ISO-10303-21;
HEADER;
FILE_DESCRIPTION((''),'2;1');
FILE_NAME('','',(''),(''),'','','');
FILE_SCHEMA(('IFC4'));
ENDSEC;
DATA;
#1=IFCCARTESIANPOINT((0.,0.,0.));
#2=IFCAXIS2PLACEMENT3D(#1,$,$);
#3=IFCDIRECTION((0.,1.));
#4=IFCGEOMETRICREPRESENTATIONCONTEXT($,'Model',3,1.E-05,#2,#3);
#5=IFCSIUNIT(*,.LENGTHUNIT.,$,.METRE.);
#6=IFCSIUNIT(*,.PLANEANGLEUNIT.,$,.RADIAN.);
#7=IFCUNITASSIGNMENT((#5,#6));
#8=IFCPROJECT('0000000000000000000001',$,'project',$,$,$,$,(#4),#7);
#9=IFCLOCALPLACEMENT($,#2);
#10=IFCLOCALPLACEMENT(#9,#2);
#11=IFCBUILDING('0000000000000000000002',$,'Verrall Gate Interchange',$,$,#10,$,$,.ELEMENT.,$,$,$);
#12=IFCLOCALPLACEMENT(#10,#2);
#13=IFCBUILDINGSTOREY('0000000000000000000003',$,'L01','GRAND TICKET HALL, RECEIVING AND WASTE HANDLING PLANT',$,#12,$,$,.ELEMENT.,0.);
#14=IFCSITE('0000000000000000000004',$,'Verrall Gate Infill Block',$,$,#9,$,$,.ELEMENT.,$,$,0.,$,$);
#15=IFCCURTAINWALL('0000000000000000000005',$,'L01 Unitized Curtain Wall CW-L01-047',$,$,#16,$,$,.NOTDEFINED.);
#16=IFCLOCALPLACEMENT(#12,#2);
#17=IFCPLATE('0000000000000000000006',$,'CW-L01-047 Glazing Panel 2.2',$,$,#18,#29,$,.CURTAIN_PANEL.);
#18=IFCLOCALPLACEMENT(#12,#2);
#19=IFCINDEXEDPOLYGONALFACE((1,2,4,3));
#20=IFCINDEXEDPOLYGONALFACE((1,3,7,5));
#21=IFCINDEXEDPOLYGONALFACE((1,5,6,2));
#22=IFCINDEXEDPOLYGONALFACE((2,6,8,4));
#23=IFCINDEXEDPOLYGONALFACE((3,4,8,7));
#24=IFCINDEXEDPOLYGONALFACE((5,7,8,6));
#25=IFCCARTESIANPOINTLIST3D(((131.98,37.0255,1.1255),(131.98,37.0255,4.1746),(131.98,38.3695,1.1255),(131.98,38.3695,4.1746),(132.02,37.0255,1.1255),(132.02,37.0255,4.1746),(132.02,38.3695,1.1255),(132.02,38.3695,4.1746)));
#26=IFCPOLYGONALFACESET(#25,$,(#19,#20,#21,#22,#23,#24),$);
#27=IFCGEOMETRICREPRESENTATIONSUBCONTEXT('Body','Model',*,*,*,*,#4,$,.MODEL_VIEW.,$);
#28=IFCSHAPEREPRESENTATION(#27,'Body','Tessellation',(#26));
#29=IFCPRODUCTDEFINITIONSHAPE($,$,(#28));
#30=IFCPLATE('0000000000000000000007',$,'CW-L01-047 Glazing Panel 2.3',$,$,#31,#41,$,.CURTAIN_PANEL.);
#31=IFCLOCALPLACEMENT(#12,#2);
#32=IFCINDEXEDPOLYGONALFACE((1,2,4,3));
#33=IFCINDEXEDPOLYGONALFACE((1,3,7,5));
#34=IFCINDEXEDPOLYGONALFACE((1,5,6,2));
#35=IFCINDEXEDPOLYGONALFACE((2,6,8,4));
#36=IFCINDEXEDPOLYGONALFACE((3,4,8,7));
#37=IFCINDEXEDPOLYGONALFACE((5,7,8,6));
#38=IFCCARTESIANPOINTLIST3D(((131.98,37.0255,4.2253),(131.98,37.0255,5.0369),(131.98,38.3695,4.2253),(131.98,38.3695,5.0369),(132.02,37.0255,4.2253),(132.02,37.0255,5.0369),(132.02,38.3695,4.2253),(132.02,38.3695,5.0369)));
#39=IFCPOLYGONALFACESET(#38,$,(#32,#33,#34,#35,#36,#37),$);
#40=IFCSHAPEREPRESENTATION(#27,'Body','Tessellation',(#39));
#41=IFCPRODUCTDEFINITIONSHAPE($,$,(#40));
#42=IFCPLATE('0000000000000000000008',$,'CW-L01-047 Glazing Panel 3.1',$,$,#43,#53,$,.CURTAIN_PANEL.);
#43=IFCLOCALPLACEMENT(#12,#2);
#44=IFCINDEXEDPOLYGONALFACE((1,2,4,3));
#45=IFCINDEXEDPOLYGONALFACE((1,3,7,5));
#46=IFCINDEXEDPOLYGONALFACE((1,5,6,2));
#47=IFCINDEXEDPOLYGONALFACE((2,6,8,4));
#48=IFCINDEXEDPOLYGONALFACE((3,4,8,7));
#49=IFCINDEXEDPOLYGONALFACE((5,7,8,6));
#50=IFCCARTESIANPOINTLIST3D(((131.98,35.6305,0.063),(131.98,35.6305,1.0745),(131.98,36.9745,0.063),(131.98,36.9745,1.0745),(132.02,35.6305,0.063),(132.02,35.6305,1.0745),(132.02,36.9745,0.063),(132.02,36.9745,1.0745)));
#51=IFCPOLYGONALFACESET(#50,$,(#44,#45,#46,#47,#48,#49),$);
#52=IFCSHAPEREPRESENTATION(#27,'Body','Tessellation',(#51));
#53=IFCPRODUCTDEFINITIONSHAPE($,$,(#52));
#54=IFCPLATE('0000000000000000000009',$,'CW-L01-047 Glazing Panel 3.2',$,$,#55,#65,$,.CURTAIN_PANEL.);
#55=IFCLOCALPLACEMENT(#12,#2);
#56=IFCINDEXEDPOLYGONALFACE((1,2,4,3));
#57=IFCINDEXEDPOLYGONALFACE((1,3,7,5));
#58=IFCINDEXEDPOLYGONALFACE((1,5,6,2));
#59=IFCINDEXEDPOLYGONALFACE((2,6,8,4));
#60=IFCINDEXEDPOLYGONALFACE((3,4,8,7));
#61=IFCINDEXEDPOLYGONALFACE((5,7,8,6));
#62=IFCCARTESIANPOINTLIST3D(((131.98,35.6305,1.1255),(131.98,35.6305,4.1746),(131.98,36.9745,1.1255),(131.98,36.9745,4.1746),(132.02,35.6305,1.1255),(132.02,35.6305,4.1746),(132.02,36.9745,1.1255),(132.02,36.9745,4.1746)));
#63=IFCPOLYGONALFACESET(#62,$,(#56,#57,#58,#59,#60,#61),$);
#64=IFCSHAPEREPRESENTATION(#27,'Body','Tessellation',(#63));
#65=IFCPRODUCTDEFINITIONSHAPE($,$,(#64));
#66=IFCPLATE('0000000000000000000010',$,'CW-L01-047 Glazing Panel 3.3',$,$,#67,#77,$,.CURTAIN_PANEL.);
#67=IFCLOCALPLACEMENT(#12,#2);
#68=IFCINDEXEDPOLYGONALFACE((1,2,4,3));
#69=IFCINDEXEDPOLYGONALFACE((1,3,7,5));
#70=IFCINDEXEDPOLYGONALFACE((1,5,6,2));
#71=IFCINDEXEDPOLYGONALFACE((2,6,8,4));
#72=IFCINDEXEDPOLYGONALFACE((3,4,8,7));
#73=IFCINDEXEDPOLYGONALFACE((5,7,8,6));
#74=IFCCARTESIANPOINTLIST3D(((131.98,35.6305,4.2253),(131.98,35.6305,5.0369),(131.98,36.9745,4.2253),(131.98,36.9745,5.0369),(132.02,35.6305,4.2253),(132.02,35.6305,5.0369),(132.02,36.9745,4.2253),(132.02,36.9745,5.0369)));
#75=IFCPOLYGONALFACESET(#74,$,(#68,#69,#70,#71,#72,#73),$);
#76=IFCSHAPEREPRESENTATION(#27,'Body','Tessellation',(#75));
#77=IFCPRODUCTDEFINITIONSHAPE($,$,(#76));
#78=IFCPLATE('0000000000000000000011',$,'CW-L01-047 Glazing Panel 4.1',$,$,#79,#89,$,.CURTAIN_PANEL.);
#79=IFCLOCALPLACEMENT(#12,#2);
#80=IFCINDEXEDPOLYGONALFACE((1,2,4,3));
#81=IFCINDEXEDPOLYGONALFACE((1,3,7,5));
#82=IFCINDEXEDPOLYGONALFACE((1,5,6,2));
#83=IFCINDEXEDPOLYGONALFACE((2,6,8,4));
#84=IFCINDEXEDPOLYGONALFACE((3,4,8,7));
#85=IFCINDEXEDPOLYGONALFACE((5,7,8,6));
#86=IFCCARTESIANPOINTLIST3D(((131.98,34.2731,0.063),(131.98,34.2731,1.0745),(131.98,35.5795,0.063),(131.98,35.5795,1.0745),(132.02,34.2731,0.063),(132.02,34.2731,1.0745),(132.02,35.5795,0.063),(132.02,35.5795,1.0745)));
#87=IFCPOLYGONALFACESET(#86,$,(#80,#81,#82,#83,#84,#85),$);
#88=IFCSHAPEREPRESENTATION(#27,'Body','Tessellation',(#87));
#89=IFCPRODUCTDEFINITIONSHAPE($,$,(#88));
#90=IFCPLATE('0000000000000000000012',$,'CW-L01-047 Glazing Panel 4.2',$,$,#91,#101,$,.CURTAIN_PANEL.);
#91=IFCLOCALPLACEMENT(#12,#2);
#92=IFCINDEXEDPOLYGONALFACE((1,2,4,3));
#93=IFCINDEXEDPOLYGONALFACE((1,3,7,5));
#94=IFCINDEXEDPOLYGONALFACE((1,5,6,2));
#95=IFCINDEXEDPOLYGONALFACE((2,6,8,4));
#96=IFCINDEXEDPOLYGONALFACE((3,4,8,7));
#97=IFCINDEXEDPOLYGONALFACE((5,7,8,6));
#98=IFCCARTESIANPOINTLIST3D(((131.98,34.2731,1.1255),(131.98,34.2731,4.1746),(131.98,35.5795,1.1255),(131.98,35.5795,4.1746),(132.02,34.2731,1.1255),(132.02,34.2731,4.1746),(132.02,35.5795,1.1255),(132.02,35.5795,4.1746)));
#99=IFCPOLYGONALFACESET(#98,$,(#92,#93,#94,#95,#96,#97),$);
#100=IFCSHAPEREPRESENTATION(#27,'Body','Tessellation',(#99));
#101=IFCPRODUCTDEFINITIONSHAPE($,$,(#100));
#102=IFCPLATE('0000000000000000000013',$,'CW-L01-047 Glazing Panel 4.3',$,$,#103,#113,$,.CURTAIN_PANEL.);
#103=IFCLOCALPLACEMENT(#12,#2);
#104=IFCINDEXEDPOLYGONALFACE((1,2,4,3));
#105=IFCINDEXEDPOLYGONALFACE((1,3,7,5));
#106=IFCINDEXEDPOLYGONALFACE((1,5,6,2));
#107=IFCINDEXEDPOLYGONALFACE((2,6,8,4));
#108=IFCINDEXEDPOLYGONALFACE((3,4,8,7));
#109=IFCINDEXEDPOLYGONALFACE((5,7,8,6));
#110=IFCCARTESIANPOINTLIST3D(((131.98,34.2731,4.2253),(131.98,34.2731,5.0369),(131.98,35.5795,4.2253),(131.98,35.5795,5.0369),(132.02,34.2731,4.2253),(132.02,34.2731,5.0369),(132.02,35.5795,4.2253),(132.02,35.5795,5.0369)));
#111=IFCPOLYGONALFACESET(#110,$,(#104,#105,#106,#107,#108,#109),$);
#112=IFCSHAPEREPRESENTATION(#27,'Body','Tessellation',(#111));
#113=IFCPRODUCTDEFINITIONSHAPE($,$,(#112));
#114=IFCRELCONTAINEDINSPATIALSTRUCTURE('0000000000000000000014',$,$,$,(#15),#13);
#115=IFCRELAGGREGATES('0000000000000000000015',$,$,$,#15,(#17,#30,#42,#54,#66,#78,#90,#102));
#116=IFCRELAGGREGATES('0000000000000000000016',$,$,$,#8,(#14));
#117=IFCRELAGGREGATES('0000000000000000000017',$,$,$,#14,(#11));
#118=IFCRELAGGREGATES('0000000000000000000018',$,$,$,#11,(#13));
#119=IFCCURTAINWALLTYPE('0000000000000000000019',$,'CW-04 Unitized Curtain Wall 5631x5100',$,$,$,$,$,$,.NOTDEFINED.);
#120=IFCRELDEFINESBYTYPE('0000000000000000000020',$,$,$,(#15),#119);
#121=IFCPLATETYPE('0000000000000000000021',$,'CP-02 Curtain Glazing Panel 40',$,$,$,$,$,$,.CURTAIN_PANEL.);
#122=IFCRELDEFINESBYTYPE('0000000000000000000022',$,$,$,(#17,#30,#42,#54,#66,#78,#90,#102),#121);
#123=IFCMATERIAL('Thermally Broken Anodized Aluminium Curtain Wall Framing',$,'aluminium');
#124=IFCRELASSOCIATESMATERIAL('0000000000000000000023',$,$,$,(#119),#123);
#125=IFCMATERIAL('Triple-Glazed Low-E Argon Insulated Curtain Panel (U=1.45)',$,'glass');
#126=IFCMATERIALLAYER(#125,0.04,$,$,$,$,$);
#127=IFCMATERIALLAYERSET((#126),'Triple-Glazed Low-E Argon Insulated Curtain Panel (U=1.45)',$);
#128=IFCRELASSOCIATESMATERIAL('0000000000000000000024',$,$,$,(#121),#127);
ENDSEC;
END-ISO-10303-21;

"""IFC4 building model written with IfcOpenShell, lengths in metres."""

from ifc_helpers import new_model, si_unit, direction, frame, origin, origin_2d, place, context, subcontext, project, spatial, rectangle, extrude, material, layer, layer_set, type_object, element, aggregate, save


model = new_model("IFC4")

# Units and contexts
model_context = context("Model", 3, precision=1e-05, world=origin(), true_north=direction((0.0, 1.0)))
body_context = subcontext(model_context, "Body", "Model", "MODEL_VIEW")
ifc_project = project(units=[si_unit("LENGTHUNIT", "METRE"), si_unit("PLANEANGLEUNIT", "RADIAN")], contexts=[model_context])

# Site, building, storey
site_placement = place(None, origin())
site = spatial("IfcSite", under=ifc_project, at=site_placement, Name="Verrall Gate Infill Block", CompositionType="ELEMENT", RefElevation=0.0)
building_placement = place(site_placement, origin())
building = spatial("IfcBuilding", under=site, at=building_placement, Name="Verrall Gate Interchange", CompositionType="ELEMENT")
storey_placement = place(building_placement, origin())
storey = spatial("IfcBuildingStorey", under=building, at=storey_placement, Name="L01", Description="GRAND TICKET HALL, RECEIVING AND WASTE HANDLING PLANT", CompositionType="ELEMENT", Elevation=0.0)

# Curtain wall, plates
ifc_material_1 = material(Name="Thermally Broken Anodized Aluminium Curtain Wall Framing", Category="aluminium")
curtain_wall_type = type_object("IfcCurtainWallType", Name="CW-04 Unitized Curtain Wall 5631x5100", PredefinedType="NOTDEFINED", material=ifc_material_1)
curtain_wall_placement = place(storey_placement, origin())
curtain_wall = element("IfcCurtainWall", 1, at=curtain_wall_placement, inside=storey, type_object=curtain_wall_type, Name="L01 Unitized Curtain Wall CW-L01-047", PredefinedType="NOTDEFINED")
ifc_material_2 = material(Name="Triple-Glazed Low-E Argon Insulated Curtain Panel (U=1.45)", Category="glass")
ifc_layer = layer(ifc_material_2, 0.04)
ifc_layer_set = layer_set([ifc_layer], Name="Triple-Glazed Low-E Argon Insulated Curtain Panel (U=1.45)")
plate_type = type_object("IfcPlateType", Name="CP-02 Curtain Glazing Panel 40", PredefinedType="CURTAIN_PANEL", material=ifc_layer_set)
plate_1_placement = place(storey_placement, frame((132.0, 37.6975, 1.1255), z_axis=(0.0, 0.0, 1.0), x_axis=(0.0, -1.0, 0.0)))
plate_1 = element("IfcPlate", 2, at=plate_1_placement, type_object=plate_type, Name="CW-L01-047 Glazing Panel 2.2", PredefinedType="CURTAIN_PANEL", context=body_context, shape_type="SweptSolid", body=[
    extrude(rectangle(XDim=1.344, YDim=0.04, at=origin_2d()), origin(), (0.0, 0.0, 1.0), 3.0491),
])
plate_2_placement = place(storey_placement, frame((132.0, 37.6975, 4.2253), z_axis=(0.0, 0.0, 1.0), x_axis=(0.0, -1.0, 0.0)))
plate_2 = element("IfcPlate", 3, at=plate_2_placement, type_object=plate_type, Name="CW-L01-047 Glazing Panel 2.3", PredefinedType="CURTAIN_PANEL", context=body_context, shape_type="SweptSolid", body=[
    extrude(rectangle(XDim=1.344, YDim=0.04, at=origin_2d()), origin(), (0.0, 0.0, 1.0), 0.8115),
])
plate_3_placement = place(storey_placement, frame((132.0, 36.3025, 0.063), z_axis=(0.0, 0.0, 1.0), x_axis=(0.0, -1.0, 0.0)))
plate_3 = element("IfcPlate", 4, at=plate_3_placement, type_object=plate_type, Name="CW-L01-047 Glazing Panel 3.1", PredefinedType="CURTAIN_PANEL", context=body_context, shape_type="SweptSolid", body=[
    extrude(rectangle(XDim=1.344, YDim=0.04, at=origin_2d()), origin(), (0.0, 0.0, 1.0), 1.0115),
])
plate_4_placement = place(storey_placement, frame((132.0, 36.3025, 1.1255), z_axis=(0.0, 0.0, 1.0), x_axis=(0.0, -1.0, 0.0)))
plate_4 = element("IfcPlate", 5, at=plate_4_placement, type_object=plate_type, Name="CW-L01-047 Glazing Panel 3.2", PredefinedType="CURTAIN_PANEL", context=body_context, shape_type="SweptSolid", body=[
    extrude(rectangle(XDim=1.344, YDim=0.04, at=origin_2d()), origin(), (0.0, 0.0, 1.0), 3.0491),
])
plate_5_placement = place(storey_placement, frame((132.0, 36.3025, 4.2253), z_axis=(0.0, 0.0, 1.0), x_axis=(0.0, -1.0, 0.0)))
plate_5 = element("IfcPlate", 6, at=plate_5_placement, type_object=plate_type, Name="CW-L01-047 Glazing Panel 3.3", PredefinedType="CURTAIN_PANEL", context=body_context, shape_type="SweptSolid", body=[
    extrude(rectangle(XDim=1.344, YDim=0.04, at=origin_2d()), origin(), (0.0, 0.0, 1.0), 0.8115),
])
plate_6_placement = place(storey_placement, frame((132.0, 34.9263, 0.063), z_axis=(0.0, 0.0, 1.0), x_axis=(0.0, -1.0, 0.0)))
plate_6 = element("IfcPlate", 7, at=plate_6_placement, type_object=plate_type, Name="CW-L01-047 Glazing Panel 4.1", PredefinedType="CURTAIN_PANEL", context=body_context, shape_type="SweptSolid", body=[
    extrude(rectangle(XDim=1.3064, YDim=0.04, at=origin_2d()), origin(), (0.0, 0.0, 1.0), 1.0115),
])
plate_7_placement = place(storey_placement, frame((132.0, 34.9263, 1.1255), z_axis=(0.0, 0.0, 1.0), x_axis=(0.0, -1.0, 0.0)))
plate_7 = element("IfcPlate", 8, at=plate_7_placement, type_object=plate_type, Name="CW-L01-047 Glazing Panel 4.2", PredefinedType="CURTAIN_PANEL", context=body_context, shape_type="SweptSolid", body=[
    extrude(rectangle(XDim=1.3064, YDim=0.04, at=origin_2d()), origin(), (0.0, 0.0, 1.0), 3.0491),
])
plate_8_placement = place(storey_placement, frame((132.0, 34.9263, 4.2253), z_axis=(0.0, 0.0, 1.0), x_axis=(0.0, -1.0, 0.0)))
plate_8 = element("IfcPlate", 9, at=plate_8_placement, type_object=plate_type, Name="CW-L01-047 Glazing Panel 4.3", PredefinedType="CURTAIN_PANEL", context=body_context, shape_type="SweptSolid", body=[
    extrude(rectangle(XDim=1.3064, YDim=0.04, at=origin_2d()), origin(), (0.0, 0.0, 1.0), 0.8115),
])
aggregate(curtain_wall, [plate_1, plate_2, plate_3, plate_4, plate_5, plate_6, plate_7, plate_8])

save(model, "model.ifc")
